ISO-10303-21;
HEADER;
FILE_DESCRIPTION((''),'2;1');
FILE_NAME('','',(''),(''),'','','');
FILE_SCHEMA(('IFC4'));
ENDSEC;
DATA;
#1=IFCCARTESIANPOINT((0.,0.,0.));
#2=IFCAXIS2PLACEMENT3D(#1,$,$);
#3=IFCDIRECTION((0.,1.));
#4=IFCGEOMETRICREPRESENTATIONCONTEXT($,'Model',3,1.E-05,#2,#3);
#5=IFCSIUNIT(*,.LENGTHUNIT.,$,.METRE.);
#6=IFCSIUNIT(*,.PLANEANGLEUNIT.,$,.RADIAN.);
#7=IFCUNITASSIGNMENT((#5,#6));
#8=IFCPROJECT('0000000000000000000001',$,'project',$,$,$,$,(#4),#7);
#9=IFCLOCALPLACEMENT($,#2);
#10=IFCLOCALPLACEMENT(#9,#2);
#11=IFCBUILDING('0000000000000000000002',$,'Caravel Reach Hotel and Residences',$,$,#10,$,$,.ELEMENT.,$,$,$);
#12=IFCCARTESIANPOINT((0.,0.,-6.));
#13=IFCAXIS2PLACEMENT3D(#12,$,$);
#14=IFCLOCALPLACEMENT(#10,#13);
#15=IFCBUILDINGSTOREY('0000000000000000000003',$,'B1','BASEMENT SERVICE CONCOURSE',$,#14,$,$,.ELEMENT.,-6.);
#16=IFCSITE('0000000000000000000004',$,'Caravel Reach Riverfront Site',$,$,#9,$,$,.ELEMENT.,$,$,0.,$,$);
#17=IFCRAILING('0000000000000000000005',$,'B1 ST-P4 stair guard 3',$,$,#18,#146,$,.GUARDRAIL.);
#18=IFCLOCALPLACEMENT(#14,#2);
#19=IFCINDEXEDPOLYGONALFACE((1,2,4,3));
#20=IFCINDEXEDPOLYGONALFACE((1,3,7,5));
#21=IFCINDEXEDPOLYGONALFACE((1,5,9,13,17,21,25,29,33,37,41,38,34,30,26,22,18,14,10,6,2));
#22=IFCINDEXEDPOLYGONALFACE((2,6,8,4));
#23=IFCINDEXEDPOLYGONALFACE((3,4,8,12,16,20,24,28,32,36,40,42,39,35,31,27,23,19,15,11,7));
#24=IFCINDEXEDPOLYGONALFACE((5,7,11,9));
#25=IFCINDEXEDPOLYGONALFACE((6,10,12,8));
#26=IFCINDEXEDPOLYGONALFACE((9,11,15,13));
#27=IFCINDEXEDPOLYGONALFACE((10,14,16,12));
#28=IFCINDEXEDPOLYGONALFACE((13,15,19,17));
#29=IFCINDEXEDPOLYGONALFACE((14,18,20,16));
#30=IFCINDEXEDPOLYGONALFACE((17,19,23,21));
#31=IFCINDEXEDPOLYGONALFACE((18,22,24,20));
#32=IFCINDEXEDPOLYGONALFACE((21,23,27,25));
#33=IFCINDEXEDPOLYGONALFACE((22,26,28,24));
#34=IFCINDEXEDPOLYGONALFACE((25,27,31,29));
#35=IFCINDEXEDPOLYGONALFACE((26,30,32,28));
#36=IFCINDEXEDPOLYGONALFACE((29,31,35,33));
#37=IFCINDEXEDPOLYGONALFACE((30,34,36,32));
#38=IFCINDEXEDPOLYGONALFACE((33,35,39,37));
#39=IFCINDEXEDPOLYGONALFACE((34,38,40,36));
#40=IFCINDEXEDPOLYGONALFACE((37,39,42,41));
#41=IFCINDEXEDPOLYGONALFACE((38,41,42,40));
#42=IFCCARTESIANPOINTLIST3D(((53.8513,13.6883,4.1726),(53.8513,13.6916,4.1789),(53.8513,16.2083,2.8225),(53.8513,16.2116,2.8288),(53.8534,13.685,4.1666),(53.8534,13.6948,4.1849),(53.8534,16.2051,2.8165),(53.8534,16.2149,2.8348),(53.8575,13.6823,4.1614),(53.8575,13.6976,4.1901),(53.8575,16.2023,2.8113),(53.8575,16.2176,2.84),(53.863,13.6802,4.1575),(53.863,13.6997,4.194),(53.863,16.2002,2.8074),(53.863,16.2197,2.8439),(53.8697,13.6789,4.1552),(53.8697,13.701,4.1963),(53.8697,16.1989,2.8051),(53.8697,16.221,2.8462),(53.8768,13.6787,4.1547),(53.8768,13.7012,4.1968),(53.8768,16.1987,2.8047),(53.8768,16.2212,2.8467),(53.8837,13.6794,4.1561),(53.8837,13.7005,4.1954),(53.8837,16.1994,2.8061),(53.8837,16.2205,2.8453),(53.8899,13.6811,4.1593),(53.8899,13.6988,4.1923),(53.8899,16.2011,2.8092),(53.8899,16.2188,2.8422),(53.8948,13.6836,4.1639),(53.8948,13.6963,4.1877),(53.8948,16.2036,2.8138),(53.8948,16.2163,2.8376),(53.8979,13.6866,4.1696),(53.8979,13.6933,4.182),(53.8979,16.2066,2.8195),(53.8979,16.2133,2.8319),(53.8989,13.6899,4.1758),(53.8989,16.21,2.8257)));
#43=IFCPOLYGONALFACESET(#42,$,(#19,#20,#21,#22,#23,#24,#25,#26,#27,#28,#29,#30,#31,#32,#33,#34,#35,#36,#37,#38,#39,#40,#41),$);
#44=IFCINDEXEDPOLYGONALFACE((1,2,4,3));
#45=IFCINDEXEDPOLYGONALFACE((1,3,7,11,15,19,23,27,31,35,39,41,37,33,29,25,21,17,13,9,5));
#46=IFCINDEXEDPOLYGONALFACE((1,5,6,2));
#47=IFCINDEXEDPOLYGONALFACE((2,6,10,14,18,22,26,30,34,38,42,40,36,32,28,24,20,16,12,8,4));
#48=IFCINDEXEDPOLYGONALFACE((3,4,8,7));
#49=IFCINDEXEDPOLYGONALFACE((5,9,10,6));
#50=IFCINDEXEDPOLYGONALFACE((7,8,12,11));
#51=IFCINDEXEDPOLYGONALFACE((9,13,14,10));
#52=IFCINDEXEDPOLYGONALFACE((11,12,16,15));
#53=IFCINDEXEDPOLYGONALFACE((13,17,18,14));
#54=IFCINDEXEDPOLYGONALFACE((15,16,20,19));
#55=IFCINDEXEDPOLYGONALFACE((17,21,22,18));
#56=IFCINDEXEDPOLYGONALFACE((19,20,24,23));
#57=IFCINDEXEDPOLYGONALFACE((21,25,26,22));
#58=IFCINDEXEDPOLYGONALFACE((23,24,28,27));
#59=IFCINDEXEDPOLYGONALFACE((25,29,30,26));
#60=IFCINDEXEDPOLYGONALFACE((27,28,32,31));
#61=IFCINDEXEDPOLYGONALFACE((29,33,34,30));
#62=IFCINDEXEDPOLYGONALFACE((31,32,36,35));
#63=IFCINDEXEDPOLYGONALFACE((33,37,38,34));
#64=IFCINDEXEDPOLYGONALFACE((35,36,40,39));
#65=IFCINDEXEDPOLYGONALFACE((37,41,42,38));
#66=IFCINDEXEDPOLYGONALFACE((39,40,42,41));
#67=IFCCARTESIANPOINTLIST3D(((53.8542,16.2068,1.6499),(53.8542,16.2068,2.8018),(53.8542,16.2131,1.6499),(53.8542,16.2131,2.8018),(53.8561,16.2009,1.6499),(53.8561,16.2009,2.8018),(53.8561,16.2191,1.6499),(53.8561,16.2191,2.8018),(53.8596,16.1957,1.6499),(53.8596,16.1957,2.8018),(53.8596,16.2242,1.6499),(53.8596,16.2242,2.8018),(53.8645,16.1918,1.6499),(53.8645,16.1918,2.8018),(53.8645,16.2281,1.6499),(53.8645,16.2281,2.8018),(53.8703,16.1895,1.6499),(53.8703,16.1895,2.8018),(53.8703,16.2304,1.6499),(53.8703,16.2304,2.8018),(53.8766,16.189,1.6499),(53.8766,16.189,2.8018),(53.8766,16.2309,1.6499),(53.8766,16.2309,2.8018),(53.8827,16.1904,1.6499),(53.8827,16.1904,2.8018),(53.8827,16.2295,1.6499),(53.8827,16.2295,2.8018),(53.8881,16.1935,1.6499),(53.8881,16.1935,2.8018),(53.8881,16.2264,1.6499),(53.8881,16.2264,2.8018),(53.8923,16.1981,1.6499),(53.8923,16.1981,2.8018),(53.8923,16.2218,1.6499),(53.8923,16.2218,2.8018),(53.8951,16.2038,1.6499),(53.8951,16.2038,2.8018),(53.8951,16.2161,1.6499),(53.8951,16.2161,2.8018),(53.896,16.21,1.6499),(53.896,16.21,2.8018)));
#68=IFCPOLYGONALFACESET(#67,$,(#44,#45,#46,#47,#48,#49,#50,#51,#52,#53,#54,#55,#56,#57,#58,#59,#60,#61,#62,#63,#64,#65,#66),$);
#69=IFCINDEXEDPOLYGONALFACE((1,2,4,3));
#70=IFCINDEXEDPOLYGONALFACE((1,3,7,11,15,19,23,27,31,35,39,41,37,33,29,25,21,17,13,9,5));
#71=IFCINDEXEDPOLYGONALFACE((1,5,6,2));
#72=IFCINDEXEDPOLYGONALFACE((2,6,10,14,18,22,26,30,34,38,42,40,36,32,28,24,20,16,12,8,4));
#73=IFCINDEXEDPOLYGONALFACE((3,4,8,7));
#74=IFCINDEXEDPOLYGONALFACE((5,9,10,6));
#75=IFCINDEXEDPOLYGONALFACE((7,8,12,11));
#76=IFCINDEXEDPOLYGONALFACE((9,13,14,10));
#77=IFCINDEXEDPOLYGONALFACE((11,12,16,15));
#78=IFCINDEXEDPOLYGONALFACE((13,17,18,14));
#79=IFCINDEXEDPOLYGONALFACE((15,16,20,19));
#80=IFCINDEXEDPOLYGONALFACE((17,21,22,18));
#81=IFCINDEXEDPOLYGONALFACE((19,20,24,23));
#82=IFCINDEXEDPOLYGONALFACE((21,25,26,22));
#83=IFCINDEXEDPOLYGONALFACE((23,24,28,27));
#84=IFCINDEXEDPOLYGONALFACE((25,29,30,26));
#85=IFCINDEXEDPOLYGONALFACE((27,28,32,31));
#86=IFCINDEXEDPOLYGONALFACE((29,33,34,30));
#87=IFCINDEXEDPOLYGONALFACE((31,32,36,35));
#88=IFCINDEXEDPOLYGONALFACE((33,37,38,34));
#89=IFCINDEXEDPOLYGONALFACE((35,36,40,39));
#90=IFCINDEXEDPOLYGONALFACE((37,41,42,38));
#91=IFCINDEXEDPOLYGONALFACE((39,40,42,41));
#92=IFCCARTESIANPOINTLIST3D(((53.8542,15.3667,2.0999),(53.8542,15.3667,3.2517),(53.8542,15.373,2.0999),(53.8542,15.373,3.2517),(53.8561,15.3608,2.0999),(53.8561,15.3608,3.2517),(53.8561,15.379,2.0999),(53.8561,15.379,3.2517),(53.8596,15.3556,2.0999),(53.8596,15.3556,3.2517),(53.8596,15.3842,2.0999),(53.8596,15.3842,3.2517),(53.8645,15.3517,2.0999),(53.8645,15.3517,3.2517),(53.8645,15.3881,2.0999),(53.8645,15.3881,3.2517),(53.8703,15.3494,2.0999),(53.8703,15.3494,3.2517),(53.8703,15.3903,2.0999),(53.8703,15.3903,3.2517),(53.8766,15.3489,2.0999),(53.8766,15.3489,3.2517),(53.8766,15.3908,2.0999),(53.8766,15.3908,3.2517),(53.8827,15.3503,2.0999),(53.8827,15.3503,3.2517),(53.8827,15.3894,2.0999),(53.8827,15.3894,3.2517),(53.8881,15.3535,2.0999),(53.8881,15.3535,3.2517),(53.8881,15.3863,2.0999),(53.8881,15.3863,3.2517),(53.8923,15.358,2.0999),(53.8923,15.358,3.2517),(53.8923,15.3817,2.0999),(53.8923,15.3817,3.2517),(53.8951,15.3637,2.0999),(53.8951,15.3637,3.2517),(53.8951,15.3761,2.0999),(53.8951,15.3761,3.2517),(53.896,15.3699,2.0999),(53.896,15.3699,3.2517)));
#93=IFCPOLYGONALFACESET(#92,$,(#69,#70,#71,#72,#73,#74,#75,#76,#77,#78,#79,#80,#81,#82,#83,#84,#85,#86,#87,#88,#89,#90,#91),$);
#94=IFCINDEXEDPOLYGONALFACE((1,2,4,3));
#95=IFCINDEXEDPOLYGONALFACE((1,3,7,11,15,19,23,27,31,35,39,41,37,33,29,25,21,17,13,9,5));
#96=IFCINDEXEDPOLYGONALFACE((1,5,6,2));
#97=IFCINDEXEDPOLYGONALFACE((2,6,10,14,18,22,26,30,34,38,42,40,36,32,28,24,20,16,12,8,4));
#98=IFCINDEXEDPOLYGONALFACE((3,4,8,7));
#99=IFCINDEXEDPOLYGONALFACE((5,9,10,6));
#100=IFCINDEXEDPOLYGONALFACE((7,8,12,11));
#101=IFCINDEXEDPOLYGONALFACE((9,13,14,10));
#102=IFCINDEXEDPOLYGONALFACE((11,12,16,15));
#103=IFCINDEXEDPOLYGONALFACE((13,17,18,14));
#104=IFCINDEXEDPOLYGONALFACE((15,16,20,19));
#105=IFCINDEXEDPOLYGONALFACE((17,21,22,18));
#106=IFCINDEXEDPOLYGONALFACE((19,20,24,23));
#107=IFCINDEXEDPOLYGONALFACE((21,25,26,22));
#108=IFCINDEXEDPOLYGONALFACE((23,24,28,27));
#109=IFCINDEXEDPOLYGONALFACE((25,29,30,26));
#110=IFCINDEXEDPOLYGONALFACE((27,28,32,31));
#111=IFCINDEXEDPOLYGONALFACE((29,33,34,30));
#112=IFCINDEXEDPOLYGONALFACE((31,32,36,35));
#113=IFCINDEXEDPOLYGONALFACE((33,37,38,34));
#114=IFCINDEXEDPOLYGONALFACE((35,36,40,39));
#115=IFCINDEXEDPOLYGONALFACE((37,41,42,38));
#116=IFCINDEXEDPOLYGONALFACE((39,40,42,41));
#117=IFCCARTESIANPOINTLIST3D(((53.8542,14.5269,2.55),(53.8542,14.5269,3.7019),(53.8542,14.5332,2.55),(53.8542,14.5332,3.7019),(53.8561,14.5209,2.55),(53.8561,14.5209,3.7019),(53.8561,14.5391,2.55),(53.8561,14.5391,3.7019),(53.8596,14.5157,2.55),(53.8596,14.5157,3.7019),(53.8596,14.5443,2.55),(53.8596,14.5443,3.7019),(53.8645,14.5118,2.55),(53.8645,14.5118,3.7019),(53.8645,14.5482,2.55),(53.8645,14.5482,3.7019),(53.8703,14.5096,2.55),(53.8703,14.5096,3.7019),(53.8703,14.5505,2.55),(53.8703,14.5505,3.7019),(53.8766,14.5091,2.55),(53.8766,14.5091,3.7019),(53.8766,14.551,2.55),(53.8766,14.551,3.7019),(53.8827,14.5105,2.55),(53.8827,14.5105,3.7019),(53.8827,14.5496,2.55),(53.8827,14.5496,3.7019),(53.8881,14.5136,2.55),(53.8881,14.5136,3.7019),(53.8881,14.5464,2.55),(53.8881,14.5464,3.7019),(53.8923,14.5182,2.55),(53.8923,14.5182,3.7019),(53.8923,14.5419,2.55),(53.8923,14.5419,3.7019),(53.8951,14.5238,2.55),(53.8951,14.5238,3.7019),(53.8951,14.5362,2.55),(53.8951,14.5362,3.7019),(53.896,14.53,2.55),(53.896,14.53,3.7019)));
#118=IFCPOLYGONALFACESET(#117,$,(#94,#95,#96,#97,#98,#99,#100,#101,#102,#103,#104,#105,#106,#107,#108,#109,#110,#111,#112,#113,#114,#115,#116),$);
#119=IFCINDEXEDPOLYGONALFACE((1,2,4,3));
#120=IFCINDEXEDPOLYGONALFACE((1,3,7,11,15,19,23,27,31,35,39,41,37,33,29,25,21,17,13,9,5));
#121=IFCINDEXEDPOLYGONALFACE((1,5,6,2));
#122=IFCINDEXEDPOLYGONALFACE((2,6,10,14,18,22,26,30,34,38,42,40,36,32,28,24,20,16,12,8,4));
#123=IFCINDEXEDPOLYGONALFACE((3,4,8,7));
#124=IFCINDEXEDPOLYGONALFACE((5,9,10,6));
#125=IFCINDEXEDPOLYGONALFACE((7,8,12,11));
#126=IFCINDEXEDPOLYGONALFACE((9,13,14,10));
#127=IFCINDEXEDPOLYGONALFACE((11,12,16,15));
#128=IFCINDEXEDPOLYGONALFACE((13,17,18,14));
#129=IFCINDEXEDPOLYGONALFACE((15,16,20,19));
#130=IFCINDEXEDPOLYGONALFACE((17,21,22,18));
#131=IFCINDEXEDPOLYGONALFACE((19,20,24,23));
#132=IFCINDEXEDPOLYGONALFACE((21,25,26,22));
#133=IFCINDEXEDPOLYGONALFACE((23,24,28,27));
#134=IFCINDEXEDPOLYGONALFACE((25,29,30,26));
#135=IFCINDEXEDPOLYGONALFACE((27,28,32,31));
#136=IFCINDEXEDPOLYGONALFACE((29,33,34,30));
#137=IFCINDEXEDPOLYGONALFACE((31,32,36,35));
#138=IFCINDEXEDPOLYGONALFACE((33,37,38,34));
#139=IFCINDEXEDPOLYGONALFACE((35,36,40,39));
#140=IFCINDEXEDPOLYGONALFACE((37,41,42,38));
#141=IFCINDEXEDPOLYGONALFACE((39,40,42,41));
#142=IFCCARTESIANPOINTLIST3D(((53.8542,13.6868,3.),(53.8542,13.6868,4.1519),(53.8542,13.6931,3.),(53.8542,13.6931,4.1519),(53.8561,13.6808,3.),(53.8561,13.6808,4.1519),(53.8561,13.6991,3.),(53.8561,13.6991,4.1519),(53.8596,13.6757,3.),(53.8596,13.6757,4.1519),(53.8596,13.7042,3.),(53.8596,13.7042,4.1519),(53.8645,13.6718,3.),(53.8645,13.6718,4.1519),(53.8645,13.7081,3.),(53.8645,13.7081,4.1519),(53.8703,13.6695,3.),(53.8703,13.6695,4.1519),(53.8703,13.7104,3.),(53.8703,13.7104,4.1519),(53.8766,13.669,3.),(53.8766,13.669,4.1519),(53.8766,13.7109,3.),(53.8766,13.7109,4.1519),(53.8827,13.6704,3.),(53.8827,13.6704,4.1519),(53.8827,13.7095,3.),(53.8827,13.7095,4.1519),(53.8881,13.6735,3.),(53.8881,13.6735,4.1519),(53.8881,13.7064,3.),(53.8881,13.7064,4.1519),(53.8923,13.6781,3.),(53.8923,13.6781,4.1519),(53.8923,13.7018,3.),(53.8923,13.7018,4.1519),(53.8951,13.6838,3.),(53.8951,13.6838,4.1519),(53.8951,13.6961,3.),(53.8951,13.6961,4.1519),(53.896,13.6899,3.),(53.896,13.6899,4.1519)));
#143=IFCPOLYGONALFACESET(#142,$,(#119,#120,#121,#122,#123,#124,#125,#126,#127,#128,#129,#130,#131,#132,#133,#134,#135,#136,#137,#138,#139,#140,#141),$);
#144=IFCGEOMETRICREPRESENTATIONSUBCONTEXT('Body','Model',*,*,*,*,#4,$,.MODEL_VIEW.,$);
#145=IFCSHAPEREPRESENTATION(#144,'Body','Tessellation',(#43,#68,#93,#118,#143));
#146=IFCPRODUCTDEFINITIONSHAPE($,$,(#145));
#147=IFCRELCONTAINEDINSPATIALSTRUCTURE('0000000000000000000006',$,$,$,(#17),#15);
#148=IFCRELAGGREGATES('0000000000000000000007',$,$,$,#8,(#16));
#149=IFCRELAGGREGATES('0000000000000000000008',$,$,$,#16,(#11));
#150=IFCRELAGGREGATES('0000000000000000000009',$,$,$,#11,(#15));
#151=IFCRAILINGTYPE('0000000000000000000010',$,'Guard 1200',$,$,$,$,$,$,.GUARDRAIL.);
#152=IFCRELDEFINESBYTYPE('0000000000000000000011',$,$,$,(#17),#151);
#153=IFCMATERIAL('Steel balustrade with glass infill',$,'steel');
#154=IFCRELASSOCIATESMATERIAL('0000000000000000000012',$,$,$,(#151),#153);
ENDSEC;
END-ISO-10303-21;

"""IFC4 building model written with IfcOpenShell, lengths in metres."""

from ifc_helpers import new_model, si_unit, direction, frame, origin, origin_2d, place, context, subcontext, project, spatial, circle, extrude, material, type_object, element, save


model = new_model("IFC4")

# Units and contexts
model_context = context("Model", 3, precision=1e-05, world=origin(), true_north=direction((0.0, 1.0)))
body_context = subcontext(model_context, "Body", "Model", "MODEL_VIEW")
ifc_project = project(units=[si_unit("LENGTHUNIT", "METRE"), si_unit("PLANEANGLEUNIT", "RADIAN")], contexts=[model_context])

# Site, building, storey
site_placement = place(None, origin())
site = spatial("IfcSite", under=ifc_project, at=site_placement, Name="Caravel Reach Riverfront Site", CompositionType="ELEMENT", RefElevation=0.0)
building_placement = place(site_placement, origin())
building = spatial("IfcBuilding", under=site, at=building_placement, Name="Caravel Reach Hotel and Residences", CompositionType="ELEMENT")
storey_placement = place(building_placement, frame((0.0, 0.0, -6.0)))
storey = spatial("IfcBuildingStorey", under=building, at=storey_placement, Name="B1", Description="BASEMENT SERVICE CONCOURSE", CompositionType="ELEMENT", Elevation=-6.0)

# Railing
ifc_material_1 = material(Name="Steel balustrade with glass infill", Category="steel")
railing_type_1 = type_object("IfcRailingType", Name="Guard 1200", PredefinedType="GUARDRAIL", material=ifc_material_1)
railing_1_placement = place(storey_placement, frame((53.875, 16.21, 1.6499)))
element("IfcRailing", 1, at=railing_1_placement, inside=storey, type_object=railing_type_1, Name="B1 ST-P4 stair guard 3", PredefinedType="GUARDRAIL", context=body_context, shape_type="SweptSolid", body=[
    extrude(circle(Radius=0.0239, at=origin_2d()), frame((0.0, 0.0, 1.1758), z_axis=(0.0, -0.881467, 0.472245), x_axis=(1.0, 0.0, 0.0)), (0.0, 0.0, 1.0), 2.8589),
    extrude(circle(Radius=0.021, at=origin_2d()), origin(), (0.0, 0.0, 1.0), 1.1519),
    extrude(circle(Radius=0.021, at=origin_2d()), frame((0.0, -0.8401, 0.45)), (0.0, 0.0, 1.0), 1.1519),
    extrude(circle(Radius=0.021, at=origin_2d()), frame((0.0, -1.6799, 0.9001)), (0.0, 0.0, 1.0), 1.1519),
    extrude(circle(Radius=0.021, at=origin_2d()), frame((0.0, -2.52, 1.3501)), (0.0, 0.0, 1.0), 1.1519),
])

save(model, "model.ifc")
